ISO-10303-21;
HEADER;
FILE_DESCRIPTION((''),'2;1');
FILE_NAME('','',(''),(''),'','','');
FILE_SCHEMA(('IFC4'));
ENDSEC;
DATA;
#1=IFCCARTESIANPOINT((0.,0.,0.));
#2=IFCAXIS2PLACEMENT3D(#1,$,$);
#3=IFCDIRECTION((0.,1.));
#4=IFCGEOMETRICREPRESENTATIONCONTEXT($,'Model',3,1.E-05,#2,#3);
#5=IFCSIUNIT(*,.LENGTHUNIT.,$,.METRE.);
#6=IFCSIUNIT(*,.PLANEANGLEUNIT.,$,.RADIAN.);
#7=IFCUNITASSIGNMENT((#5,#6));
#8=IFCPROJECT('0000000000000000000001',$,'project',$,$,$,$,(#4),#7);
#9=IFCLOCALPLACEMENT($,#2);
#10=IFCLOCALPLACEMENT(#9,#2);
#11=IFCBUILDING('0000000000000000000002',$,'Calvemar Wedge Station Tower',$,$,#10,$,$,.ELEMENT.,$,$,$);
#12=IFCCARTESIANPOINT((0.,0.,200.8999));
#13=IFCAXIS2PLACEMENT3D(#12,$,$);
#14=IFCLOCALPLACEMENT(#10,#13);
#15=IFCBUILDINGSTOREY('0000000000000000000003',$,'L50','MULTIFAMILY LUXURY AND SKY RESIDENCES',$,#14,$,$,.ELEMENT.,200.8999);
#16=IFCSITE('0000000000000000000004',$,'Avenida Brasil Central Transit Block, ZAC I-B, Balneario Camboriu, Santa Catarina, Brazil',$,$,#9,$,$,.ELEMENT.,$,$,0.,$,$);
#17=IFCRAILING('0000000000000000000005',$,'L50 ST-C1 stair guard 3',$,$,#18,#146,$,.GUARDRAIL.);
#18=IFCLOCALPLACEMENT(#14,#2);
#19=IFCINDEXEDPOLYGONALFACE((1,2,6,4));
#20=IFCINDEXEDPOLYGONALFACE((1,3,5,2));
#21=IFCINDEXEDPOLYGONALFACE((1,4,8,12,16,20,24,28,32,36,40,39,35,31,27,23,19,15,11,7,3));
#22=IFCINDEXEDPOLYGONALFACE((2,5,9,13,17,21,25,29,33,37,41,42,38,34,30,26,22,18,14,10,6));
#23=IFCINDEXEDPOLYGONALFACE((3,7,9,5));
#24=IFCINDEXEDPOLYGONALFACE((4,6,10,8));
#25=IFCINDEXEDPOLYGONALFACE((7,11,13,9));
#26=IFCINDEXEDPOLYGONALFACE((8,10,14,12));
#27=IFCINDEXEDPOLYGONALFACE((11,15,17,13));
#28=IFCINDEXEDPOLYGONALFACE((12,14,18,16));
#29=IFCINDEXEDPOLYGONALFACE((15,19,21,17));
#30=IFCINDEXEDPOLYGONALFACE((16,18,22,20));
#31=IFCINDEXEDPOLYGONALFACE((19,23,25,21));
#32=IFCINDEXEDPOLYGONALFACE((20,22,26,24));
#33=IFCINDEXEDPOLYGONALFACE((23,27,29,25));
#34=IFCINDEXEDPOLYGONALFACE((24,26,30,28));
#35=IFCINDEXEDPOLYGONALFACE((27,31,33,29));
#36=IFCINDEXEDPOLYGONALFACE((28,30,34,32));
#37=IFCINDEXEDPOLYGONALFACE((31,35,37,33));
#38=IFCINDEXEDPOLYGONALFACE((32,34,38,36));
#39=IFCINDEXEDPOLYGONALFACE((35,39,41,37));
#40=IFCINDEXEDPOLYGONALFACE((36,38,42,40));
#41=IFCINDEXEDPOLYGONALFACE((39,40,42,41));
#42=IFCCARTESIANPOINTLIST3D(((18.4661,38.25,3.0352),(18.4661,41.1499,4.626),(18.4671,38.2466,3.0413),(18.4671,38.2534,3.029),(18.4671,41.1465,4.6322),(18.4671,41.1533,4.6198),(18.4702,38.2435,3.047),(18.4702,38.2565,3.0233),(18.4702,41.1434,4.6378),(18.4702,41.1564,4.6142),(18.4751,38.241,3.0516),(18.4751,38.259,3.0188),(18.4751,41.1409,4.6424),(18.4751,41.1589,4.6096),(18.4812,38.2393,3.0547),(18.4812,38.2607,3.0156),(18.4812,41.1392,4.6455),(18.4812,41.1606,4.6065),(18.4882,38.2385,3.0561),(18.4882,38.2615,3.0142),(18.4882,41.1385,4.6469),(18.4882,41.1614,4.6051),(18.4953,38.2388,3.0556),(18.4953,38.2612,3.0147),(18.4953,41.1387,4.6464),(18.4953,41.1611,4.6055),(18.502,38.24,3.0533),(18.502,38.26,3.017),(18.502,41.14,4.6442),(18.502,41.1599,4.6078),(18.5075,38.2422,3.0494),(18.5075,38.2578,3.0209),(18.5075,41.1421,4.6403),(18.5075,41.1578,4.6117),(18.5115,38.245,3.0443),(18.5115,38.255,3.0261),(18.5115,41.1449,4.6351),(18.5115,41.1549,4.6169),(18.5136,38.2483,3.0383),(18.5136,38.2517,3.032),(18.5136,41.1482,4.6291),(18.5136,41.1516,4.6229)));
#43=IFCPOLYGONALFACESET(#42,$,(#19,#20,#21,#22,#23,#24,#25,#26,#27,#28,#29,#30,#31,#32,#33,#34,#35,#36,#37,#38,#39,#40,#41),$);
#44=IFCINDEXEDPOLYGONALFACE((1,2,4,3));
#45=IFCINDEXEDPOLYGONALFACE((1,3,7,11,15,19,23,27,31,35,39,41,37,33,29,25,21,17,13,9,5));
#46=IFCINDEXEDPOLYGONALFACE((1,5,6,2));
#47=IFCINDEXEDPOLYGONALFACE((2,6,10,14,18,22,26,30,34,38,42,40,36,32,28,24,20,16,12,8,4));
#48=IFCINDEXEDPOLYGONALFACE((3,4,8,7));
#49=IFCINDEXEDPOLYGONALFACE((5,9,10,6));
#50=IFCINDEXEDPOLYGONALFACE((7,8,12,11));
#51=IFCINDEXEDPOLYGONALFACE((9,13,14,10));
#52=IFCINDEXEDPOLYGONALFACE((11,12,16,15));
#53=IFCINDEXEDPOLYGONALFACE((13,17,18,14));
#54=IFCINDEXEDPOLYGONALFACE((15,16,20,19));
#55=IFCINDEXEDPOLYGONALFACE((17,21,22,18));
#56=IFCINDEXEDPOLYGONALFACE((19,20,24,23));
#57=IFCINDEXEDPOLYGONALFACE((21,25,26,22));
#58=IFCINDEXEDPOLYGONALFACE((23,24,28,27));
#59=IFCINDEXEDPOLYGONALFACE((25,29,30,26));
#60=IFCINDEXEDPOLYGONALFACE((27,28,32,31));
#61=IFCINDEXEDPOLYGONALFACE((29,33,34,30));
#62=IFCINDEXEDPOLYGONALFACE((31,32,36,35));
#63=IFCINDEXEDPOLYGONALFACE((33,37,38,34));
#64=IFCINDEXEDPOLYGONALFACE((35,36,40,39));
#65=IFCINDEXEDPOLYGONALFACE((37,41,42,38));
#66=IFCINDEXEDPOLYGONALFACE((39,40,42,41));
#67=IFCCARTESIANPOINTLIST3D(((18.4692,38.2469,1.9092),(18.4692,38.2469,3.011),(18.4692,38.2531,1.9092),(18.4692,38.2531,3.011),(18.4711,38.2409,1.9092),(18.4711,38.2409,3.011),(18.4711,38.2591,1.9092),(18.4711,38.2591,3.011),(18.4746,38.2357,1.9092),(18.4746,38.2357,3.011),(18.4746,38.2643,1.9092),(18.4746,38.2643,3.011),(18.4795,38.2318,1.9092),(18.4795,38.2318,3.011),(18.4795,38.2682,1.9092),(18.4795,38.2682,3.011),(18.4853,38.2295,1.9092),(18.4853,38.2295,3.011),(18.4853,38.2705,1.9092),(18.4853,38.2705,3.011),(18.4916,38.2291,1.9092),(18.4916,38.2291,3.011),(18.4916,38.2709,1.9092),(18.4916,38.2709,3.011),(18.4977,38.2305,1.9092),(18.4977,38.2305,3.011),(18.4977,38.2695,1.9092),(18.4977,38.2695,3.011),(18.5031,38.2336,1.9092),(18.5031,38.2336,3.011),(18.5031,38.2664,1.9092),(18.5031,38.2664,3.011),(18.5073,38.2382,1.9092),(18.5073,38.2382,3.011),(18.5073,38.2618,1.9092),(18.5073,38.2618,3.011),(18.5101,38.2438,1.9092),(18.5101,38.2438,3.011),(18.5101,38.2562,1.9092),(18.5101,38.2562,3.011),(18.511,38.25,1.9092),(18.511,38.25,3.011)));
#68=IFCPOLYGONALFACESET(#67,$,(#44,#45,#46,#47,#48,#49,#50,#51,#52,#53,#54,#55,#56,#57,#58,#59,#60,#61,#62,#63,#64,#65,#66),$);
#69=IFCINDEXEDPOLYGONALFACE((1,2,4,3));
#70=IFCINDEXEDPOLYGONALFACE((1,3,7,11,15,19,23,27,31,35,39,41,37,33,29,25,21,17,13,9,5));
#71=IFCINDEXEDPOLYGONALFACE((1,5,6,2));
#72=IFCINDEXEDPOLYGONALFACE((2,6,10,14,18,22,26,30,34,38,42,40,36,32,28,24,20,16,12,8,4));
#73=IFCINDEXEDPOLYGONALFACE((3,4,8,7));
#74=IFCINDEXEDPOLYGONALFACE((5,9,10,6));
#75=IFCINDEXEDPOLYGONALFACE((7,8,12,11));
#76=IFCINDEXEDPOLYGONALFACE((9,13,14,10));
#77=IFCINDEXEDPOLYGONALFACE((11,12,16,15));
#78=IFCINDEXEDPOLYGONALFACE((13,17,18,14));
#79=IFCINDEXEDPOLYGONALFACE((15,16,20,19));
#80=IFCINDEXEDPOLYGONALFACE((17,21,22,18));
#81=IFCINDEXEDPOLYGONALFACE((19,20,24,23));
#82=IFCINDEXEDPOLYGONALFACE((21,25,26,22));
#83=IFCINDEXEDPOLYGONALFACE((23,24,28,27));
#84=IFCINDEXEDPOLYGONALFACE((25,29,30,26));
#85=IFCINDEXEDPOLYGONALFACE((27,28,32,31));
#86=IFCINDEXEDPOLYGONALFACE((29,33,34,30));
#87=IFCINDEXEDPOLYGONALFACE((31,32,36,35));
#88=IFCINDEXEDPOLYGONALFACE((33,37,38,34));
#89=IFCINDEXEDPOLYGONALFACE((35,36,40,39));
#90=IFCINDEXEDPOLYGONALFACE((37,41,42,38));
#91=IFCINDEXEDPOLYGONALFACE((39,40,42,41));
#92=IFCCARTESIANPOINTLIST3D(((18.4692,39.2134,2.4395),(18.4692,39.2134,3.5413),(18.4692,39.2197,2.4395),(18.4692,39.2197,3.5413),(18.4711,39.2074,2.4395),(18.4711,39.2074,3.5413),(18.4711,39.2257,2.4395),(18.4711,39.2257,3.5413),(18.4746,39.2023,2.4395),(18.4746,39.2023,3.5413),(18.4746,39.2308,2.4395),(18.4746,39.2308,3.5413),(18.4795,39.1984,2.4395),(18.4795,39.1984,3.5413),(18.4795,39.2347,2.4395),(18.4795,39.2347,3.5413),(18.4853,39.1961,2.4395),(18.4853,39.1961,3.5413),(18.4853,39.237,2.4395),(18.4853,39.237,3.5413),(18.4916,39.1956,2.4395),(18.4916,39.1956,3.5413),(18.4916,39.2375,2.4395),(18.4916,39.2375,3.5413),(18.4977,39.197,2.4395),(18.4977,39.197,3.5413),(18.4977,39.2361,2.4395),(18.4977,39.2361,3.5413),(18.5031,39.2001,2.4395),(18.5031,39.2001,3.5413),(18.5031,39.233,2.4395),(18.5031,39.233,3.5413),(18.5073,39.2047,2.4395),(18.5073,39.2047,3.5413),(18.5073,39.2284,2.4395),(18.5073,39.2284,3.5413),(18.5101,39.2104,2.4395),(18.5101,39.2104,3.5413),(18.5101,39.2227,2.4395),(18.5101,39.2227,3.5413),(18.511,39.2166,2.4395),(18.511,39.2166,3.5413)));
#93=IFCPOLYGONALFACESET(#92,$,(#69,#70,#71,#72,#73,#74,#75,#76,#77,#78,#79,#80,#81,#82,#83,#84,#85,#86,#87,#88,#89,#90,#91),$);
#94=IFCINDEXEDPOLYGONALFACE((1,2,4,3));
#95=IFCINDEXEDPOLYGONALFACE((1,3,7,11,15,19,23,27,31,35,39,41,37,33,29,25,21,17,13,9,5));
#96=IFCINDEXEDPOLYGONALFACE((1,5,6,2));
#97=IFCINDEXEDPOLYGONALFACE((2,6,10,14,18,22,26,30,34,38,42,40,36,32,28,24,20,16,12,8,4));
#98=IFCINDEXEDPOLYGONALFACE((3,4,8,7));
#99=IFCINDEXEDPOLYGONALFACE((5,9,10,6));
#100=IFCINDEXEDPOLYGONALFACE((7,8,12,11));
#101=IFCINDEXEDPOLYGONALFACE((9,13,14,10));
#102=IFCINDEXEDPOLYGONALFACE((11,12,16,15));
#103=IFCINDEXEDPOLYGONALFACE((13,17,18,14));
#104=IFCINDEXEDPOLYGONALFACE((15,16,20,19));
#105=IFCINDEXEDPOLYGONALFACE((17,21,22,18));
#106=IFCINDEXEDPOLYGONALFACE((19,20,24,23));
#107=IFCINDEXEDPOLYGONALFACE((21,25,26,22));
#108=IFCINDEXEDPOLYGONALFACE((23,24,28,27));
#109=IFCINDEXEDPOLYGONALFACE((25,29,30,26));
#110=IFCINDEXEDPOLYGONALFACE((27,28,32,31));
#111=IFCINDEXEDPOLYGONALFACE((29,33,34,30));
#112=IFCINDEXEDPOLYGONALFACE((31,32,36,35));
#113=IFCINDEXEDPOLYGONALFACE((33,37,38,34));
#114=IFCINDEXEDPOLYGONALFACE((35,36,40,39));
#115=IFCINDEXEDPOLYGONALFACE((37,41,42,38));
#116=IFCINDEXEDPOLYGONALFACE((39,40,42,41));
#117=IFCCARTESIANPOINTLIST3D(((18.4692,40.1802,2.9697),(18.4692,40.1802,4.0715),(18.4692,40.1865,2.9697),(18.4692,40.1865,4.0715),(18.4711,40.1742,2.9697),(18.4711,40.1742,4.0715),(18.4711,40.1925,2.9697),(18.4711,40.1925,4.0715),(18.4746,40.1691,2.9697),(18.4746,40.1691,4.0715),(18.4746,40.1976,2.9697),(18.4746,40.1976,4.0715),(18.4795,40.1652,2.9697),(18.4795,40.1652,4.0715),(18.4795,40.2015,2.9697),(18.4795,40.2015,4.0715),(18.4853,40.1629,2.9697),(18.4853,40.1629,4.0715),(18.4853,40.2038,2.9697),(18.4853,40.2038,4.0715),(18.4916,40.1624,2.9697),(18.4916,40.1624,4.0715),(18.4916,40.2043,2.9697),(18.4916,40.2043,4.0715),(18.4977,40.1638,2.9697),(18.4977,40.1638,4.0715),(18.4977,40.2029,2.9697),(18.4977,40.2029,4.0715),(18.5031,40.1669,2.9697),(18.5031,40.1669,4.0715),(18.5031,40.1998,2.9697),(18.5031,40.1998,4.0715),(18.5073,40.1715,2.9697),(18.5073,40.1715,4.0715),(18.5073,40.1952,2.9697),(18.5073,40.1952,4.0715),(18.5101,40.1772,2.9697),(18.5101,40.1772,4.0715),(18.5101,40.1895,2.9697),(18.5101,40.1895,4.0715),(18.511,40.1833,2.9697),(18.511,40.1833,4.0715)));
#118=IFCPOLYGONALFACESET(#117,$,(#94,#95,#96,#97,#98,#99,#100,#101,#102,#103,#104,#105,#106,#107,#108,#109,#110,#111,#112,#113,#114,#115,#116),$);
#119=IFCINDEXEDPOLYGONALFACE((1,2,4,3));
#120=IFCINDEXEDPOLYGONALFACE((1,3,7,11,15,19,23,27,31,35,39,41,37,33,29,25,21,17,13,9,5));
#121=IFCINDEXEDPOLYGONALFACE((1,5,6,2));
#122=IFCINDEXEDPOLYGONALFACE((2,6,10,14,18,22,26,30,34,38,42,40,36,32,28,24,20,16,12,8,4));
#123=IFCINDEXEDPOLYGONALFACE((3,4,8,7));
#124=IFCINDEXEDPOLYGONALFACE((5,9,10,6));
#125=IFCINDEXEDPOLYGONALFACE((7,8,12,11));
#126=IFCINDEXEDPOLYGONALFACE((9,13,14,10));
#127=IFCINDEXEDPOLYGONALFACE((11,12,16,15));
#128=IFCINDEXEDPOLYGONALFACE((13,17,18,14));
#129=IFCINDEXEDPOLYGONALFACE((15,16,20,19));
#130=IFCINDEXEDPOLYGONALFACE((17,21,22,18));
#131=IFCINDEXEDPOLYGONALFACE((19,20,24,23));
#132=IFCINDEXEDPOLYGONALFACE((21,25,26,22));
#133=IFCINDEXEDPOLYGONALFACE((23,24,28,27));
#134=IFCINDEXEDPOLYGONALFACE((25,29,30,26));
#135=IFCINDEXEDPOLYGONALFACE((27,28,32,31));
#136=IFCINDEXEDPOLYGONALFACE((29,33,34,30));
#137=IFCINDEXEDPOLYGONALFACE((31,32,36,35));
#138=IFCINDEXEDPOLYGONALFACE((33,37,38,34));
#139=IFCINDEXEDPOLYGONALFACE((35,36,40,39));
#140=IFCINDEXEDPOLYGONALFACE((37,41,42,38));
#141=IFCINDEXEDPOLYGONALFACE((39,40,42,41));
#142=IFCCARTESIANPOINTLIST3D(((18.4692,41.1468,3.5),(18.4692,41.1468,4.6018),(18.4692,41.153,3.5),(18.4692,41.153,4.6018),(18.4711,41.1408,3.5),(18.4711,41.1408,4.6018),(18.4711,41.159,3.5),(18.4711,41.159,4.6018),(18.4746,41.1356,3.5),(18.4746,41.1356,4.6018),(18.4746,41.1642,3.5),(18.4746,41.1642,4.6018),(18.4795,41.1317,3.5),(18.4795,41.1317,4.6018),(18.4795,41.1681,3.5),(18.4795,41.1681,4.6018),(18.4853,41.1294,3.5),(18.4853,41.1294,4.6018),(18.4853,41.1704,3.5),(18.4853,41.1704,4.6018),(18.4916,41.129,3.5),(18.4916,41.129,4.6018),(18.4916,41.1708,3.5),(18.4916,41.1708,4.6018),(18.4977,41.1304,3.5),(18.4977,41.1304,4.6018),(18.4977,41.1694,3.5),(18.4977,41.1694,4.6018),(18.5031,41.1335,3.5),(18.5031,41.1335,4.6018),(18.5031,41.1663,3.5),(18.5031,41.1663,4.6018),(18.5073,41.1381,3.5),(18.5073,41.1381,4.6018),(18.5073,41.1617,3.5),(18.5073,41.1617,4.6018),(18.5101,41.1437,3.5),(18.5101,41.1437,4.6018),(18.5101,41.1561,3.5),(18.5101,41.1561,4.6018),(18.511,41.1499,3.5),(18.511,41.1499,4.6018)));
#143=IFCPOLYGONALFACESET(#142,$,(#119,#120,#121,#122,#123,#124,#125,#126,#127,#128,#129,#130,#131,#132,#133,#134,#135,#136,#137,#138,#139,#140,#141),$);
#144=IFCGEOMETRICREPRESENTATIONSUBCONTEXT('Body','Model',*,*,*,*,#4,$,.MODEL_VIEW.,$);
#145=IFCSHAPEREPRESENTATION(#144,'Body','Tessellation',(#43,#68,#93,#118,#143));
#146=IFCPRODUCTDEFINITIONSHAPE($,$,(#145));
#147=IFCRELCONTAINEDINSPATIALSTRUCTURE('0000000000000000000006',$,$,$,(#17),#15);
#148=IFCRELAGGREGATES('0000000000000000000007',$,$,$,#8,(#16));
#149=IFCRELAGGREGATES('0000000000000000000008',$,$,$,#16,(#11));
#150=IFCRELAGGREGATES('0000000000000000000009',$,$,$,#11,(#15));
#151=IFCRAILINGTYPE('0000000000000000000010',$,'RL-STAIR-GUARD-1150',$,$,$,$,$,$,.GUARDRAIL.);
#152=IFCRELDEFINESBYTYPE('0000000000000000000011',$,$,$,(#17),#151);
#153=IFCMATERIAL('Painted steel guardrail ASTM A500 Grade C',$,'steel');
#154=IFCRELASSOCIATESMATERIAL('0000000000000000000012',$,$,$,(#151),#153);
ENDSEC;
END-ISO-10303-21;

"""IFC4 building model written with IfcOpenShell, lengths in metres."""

from ifc_helpers import new_model, si_unit, direction, frame, origin, origin_2d, place, context, subcontext, project, spatial, circle, extrude, material, type_object, element, save


model = new_model("IFC4")

# Units and contexts
model_context = context("Model", 3, precision=1e-05, world=origin(), true_north=direction((0.0, 1.0)))
body_context = subcontext(model_context, "Body", "Model", "MODEL_VIEW")
ifc_project = project(units=[si_unit("LENGTHUNIT", "METRE"), si_unit("PLANEANGLEUNIT", "RADIAN")], contexts=[model_context])

# Site, building, storey
site_placement = place(None, origin())
site = spatial("IfcSite", under=ifc_project, at=site_placement, Name="Avenida Brasil Central Transit Block, ZAC I-B, Balneario Camboriu, Santa Catarina, Brazil", CompositionType="ELEMENT", RefElevation=0.0)
building_placement = place(site_placement, origin())
building = spatial("IfcBuilding", under=site, at=building_placement, Name="Calvemar Wedge Station Tower", CompositionType="ELEMENT")
storey_placement = place(building_placement, frame((0.0, 0.0, 200.8999)))
storey = spatial("IfcBuildingStorey", under=building, at=storey_placement, Name="L50", Description="MULTIFAMILY LUXURY AND SKY RESIDENCES", CompositionType="ELEMENT", Elevation=200.8999)

# Railing
ifc_material_1 = material(Name="Painted steel guardrail ASTM A500 Grade C", Category="steel")
railing_type_1 = type_object("IfcRailingType", Name="RL-STAIR-GUARD-1150", PredefinedType="GUARDRAIL", material=ifc_material_1)
railing_1_placement = place(storey_placement, frame((18.49, 38.25, 1.9092)))
element("IfcRailing", 1, at=railing_1_placement, inside=storey, type_object=railing_type_1, Name="L50 ST-C1 stair guard 3", PredefinedType="GUARDRAIL", context=body_context, shape_type="SweptSolid", body=[
    extrude(circle(Radius=0.0239, at=origin_2d()), frame((0.0, 0.0, 1.126), z_axis=(0.0, 0.876742, 0.480961), x_axis=(-1.0, 0.0, 0.0)), (0.0, 0.0, 1.0), 3.3076),
    extrude(circle(Radius=0.021, at=origin_2d()), origin(), (0.0, 0.0, 1.0), 1.1018),
    extrude(circle(Radius=0.021, at=origin_2d()), frame((0.0, 0.9666, 0.5303)), (0.0, 0.0, 1.0), 1.1018),
    extrude(circle(Radius=0.021, at=origin_2d()), frame((0.0, 1.9333, 1.0605)), (0.0, 0.0, 1.0), 1.1018),
    extrude(circle(Radius=0.021, at=origin_2d()), frame((0.0, 2.8999, 1.5908)), (0.0, 0.0, 1.0), 1.1018),
])

save(model, "model.ifc")
